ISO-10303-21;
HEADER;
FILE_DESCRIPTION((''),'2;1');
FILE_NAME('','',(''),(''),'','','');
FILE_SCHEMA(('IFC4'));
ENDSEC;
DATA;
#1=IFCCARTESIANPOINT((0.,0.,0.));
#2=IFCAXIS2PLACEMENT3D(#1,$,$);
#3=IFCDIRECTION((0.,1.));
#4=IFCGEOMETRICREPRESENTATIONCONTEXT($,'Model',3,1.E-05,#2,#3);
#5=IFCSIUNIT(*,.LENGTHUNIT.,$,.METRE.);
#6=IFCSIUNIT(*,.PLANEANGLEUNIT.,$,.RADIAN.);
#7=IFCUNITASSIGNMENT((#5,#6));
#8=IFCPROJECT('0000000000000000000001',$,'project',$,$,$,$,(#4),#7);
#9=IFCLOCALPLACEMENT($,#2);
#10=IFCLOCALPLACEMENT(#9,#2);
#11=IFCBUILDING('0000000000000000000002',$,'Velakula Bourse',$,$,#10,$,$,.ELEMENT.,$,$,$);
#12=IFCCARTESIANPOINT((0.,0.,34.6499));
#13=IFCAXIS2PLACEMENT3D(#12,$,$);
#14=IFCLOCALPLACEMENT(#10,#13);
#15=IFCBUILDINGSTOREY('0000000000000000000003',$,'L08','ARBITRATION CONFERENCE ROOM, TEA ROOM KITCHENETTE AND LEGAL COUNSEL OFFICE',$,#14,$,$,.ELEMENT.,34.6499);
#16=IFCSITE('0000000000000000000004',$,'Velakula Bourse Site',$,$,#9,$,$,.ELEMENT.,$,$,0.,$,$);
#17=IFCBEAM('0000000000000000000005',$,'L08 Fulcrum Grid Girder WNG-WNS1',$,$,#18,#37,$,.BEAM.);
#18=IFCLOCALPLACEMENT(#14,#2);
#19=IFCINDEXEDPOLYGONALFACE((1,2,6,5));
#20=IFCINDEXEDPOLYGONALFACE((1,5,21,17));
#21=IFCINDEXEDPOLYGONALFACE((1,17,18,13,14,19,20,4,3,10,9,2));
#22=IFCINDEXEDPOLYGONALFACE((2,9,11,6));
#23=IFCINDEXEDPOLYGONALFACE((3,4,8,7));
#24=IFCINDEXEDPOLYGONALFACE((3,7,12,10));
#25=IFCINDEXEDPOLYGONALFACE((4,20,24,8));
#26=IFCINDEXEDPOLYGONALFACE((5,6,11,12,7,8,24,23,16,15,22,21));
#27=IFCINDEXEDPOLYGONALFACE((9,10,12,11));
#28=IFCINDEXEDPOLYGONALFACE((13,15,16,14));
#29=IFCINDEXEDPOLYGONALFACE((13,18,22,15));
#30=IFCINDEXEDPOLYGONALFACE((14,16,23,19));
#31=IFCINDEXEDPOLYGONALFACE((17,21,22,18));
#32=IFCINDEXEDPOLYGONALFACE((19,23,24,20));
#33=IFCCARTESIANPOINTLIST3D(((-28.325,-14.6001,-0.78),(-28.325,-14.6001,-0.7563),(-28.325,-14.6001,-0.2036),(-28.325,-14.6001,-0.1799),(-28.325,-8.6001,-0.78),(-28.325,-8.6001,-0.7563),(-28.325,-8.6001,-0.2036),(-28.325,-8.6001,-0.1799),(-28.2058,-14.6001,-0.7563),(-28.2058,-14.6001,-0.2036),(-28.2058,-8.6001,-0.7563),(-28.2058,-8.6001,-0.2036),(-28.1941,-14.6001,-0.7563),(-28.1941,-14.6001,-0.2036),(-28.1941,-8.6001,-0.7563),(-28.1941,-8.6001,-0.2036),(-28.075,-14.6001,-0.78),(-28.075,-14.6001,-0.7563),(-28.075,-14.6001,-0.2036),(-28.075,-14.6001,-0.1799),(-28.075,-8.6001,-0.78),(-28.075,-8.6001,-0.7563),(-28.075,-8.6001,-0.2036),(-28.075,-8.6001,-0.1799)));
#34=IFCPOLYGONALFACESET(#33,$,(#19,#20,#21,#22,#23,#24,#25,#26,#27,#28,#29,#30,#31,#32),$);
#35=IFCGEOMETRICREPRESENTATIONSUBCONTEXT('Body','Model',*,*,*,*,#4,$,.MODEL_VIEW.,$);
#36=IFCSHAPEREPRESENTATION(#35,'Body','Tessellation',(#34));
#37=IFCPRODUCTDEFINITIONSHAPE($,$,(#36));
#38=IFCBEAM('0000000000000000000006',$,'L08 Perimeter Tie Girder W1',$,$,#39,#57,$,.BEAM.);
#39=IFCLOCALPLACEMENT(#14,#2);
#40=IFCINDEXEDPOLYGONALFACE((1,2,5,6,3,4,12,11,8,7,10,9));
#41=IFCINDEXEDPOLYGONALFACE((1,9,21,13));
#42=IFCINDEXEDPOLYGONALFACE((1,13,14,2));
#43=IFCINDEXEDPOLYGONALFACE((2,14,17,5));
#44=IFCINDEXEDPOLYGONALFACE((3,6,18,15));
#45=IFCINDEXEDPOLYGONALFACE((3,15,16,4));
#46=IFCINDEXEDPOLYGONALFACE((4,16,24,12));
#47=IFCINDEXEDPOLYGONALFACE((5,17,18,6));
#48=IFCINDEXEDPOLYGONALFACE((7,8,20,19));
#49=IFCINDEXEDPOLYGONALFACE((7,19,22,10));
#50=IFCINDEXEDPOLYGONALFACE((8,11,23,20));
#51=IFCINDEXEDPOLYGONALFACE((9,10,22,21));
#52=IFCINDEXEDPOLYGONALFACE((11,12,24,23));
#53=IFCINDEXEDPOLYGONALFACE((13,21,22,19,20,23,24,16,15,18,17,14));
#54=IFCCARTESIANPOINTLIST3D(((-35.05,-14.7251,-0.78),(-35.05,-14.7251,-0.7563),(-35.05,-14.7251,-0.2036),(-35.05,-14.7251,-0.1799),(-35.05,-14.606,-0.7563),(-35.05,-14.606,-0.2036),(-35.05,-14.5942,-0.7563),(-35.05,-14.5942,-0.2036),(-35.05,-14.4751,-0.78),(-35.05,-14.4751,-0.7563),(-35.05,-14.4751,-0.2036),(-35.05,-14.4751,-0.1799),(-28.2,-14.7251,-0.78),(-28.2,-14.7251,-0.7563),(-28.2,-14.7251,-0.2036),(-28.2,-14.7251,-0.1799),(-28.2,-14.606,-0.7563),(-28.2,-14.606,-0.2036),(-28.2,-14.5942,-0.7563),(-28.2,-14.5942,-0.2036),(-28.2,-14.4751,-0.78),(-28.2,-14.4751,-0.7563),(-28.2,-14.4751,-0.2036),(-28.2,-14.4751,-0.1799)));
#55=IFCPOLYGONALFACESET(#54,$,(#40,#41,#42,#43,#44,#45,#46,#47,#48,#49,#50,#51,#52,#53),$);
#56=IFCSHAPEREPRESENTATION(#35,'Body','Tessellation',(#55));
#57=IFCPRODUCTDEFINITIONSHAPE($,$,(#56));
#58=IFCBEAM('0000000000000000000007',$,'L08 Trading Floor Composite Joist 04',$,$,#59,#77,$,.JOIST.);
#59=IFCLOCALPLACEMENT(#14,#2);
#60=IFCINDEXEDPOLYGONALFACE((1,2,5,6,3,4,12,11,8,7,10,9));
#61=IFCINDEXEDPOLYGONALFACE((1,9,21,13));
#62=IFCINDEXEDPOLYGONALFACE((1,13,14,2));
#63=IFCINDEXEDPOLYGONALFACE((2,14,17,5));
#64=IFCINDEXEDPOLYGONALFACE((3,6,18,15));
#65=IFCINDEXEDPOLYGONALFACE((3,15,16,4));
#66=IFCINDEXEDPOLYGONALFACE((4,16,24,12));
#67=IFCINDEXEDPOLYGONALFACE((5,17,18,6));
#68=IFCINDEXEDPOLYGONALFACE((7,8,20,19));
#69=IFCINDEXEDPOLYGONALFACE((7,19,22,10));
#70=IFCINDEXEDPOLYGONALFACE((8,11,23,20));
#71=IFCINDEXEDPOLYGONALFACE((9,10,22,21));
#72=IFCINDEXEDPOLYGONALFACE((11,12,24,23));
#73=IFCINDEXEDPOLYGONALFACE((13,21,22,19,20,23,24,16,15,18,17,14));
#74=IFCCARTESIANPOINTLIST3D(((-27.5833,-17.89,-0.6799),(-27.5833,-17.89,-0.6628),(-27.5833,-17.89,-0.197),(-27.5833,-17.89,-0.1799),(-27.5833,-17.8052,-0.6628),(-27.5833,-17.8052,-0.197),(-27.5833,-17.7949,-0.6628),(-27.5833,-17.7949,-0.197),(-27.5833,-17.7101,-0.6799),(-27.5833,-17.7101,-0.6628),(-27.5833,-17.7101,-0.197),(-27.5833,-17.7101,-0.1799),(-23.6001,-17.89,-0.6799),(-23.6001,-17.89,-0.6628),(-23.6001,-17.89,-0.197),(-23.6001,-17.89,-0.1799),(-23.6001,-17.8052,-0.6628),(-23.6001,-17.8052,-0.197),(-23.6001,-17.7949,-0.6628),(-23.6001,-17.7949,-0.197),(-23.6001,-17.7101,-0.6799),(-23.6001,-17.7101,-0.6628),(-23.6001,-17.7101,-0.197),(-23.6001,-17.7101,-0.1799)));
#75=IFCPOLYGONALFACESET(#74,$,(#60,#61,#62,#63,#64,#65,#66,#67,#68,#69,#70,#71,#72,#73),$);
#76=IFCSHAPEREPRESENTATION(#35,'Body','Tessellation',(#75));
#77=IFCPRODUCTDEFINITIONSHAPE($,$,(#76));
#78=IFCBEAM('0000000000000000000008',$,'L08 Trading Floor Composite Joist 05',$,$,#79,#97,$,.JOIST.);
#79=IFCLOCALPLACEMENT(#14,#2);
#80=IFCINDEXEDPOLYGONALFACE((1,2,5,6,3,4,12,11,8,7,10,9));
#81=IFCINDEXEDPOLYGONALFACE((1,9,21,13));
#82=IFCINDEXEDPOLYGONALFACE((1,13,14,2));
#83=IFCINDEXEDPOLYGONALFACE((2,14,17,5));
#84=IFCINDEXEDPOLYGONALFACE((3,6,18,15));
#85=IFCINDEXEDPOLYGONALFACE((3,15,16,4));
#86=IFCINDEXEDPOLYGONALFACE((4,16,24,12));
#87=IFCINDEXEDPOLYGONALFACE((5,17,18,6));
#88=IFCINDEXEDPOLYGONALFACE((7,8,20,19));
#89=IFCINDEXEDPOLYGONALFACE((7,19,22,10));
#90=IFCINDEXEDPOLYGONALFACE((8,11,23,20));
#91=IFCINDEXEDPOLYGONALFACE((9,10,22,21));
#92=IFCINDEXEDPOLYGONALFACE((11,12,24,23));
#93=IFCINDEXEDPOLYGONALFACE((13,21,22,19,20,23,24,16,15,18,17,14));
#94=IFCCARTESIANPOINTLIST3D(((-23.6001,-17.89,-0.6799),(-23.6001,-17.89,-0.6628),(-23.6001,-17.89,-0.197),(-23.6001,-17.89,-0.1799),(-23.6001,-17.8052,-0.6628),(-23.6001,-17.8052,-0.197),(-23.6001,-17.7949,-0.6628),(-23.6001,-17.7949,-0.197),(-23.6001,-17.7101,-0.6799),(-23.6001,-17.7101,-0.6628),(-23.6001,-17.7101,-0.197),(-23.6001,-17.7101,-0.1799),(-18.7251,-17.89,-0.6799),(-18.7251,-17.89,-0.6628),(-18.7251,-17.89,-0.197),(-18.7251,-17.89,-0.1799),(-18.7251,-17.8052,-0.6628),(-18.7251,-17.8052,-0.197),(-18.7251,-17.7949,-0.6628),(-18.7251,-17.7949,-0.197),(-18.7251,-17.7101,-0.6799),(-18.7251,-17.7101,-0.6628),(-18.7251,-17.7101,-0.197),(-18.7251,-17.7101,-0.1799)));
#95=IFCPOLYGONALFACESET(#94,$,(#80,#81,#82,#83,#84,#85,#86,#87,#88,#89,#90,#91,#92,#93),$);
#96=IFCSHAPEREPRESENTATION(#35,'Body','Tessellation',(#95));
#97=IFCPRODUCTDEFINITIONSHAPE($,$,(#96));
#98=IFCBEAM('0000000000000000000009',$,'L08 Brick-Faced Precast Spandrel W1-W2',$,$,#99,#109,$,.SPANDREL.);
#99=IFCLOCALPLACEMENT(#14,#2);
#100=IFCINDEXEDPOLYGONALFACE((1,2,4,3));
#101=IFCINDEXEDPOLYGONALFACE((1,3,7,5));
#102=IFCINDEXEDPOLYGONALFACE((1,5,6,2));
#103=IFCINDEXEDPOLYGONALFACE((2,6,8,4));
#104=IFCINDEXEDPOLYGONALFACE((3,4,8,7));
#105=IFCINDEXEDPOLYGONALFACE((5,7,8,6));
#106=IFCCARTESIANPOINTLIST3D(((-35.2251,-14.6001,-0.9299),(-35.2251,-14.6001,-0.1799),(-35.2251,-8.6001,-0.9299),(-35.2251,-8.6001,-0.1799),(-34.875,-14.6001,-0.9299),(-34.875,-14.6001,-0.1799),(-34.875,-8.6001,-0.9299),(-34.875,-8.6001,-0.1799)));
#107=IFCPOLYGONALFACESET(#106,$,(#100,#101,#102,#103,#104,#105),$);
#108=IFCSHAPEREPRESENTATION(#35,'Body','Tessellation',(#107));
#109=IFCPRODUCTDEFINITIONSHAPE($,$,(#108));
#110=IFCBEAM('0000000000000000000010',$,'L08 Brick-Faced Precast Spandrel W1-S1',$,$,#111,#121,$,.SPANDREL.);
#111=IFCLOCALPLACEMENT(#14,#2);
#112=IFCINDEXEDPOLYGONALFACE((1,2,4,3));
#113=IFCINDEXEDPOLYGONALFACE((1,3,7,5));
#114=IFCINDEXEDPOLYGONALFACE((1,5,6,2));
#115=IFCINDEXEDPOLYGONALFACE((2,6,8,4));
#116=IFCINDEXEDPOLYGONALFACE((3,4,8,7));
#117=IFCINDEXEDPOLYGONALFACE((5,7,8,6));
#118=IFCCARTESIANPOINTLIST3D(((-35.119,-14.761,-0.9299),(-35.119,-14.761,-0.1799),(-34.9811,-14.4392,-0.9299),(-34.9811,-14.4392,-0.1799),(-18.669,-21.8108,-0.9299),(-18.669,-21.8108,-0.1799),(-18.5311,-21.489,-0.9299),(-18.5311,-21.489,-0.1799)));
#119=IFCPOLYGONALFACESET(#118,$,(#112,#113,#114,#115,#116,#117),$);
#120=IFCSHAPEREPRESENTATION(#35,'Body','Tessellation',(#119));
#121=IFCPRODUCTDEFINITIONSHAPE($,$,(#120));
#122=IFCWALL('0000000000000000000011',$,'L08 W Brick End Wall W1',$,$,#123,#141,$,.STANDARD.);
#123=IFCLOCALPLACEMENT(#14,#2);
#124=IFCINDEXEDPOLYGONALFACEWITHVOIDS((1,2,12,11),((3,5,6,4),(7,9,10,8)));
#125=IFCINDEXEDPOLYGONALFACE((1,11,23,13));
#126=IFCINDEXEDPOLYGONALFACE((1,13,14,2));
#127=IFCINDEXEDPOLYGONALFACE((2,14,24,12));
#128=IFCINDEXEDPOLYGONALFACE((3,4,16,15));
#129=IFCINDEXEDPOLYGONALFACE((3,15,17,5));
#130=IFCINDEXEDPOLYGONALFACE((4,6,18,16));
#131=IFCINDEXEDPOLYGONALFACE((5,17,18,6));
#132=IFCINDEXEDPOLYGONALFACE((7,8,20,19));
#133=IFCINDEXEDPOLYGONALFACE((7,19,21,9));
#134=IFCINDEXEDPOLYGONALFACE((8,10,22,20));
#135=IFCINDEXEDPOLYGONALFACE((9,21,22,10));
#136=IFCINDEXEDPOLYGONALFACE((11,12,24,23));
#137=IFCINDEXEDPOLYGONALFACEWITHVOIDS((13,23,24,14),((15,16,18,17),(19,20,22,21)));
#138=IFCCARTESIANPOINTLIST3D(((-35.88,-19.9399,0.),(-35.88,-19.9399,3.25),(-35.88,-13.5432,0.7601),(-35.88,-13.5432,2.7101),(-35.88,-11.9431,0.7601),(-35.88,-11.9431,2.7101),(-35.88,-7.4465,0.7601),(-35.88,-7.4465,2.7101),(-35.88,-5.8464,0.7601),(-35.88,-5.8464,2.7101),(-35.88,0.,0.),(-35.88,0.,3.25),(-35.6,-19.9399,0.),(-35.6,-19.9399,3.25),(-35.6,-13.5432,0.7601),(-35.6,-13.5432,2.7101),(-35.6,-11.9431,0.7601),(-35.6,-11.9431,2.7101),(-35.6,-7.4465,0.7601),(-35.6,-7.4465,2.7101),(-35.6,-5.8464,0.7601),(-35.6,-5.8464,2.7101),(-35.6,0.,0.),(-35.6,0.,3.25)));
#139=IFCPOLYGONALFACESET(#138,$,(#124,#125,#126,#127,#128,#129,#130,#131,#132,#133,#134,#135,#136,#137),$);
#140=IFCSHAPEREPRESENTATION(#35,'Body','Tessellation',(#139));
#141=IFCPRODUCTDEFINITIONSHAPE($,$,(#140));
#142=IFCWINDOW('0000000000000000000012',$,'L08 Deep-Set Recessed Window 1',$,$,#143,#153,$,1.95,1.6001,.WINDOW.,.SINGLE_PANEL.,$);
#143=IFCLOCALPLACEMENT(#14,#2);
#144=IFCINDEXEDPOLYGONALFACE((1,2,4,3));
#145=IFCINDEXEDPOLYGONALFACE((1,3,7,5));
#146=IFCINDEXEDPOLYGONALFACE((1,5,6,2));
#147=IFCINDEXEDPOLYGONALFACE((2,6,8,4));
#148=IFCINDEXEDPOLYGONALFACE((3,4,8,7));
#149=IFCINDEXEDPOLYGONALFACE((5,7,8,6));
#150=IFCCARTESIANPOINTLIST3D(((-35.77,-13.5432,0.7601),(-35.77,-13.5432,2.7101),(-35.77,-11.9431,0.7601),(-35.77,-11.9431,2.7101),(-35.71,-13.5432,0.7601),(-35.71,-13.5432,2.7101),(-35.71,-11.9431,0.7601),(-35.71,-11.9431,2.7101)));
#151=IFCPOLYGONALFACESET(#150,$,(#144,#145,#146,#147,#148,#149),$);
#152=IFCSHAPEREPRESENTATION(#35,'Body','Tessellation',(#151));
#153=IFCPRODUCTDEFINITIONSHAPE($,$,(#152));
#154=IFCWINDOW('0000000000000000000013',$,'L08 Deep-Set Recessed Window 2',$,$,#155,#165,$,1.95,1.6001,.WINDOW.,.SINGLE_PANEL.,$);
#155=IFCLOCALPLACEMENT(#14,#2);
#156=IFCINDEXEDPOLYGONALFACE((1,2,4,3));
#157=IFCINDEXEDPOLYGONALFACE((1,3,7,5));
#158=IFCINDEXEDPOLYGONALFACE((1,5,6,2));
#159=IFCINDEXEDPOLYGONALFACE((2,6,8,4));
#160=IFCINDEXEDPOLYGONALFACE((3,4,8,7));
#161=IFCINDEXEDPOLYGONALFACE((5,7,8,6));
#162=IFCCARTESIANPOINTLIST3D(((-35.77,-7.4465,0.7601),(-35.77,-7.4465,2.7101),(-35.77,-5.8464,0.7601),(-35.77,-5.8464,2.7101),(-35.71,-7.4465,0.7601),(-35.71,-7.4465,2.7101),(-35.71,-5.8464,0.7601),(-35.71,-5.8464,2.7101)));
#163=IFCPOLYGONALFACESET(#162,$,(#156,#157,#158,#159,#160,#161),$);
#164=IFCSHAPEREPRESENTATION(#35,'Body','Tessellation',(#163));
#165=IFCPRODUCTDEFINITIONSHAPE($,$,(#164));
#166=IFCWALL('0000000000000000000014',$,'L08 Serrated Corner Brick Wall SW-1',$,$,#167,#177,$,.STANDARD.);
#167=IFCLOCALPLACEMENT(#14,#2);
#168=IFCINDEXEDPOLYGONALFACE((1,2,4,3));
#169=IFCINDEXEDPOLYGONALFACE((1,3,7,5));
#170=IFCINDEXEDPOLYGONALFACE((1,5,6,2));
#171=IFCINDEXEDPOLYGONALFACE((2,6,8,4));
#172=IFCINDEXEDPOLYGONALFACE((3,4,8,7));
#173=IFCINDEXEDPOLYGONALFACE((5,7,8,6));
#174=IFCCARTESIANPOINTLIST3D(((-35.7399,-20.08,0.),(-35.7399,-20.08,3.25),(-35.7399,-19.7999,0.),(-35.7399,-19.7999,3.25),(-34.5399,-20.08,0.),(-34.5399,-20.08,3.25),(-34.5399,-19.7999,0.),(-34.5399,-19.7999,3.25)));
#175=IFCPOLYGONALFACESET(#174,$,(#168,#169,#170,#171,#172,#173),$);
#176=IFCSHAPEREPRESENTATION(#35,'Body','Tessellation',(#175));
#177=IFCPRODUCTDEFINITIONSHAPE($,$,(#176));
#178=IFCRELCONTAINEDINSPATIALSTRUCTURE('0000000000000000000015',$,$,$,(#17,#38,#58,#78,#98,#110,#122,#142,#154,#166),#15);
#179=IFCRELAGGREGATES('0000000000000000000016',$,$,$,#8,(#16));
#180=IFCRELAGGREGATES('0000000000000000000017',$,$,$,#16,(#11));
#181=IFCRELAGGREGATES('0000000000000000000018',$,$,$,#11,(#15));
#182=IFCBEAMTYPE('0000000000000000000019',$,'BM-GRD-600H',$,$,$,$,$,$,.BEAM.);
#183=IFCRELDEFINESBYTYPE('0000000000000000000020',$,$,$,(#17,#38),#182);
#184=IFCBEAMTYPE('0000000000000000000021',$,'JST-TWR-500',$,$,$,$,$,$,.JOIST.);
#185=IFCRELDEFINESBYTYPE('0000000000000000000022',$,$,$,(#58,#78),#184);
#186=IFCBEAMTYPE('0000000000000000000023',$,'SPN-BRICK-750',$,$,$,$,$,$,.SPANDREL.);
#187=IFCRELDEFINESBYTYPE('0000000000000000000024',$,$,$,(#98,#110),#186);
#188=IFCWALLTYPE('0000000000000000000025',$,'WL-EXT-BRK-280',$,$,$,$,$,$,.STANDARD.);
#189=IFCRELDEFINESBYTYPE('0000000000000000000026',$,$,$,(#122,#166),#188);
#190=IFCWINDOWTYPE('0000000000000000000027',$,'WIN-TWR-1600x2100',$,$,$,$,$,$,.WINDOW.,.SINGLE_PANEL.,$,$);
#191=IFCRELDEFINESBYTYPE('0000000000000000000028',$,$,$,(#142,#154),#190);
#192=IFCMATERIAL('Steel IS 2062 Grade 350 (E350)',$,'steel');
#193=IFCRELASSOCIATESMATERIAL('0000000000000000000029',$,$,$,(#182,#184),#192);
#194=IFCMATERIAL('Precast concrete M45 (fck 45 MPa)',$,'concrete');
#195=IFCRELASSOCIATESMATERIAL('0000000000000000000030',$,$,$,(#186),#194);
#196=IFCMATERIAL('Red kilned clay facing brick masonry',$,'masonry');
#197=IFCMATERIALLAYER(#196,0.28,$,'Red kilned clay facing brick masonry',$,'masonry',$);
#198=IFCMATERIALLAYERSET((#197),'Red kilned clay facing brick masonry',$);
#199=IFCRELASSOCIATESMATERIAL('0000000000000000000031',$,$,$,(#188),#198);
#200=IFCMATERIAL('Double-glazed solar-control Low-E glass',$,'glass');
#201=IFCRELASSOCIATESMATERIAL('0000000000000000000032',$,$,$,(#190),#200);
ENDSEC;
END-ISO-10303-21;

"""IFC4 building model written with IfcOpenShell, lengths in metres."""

from ifc_helpers import new_model, si_unit, direction, frame, frame_2d, origin, origin_2d, place, context, subcontext, project, spatial, rectangle, i_section, extrude, material, layer, layer_set, material_profile, profile_set, type_object, element, fill, save


model = new_model("IFC4")

# Units and contexts
model_context = context("Model", 3, precision=1e-05, world=origin(), true_north=direction((0.0, 1.0)))
body_context = subcontext(model_context, "Body", "Model", "MODEL_VIEW")
ifc_project = project(units=[si_unit("LENGTHUNIT", "METRE"), si_unit("PLANEANGLEUNIT", "RADIAN")], contexts=[model_context])

# Site, building, storey
site_placement = place(None, origin())
site = spatial("IfcSite", under=ifc_project, at=site_placement, Name="Velakula Bourse Site", CompositionType="ELEMENT", RefElevation=0.0)
building_placement = place(site_placement, origin())
building = spatial("IfcBuilding", under=site, at=building_placement, Name="Velakula Bourse", CompositionType="ELEMENT")
storey_placement = place(building_placement, frame((0.0, 0.0, 34.6499)))
storey = spatial("IfcBuildingStorey", under=building, at=storey_placement, Name="L08", Description="ARBITRATION CONFERENCE ROOM, TEA ROOM KITCHENETTE AND LEGAL COUNSEL OFFICE", CompositionType="ELEMENT", Elevation=34.6499)

# Shared definitions
ifc_material_1 = material(Name="Precast concrete M45 (fck 45 MPa)", Category="concrete")

# Beams
ifc_material_2 = material(Name="Steel IS 2062 Grade 350 (E350)", Category="steel")
ifc_material_profile_1 = material_profile(ifc_material_2, i_section(OverallWidth=0.25, OverallDepth=0.6001, WebThickness=0.0117, FlangeThickness=0.0237, at=origin_2d()), Name="Steel IS 2062 Grade 350 (E350)")
ifc_profile_set_1 = profile_set([ifc_material_profile_1], Name="Steel IS 2062 Grade 350 (E350)")
beam_type_1 = type_object("IfcBeamType", Name="BM-GRD-600H", PredefinedType="BEAM", material=ifc_profile_set_1)
beam_1_placement = place(storey_placement, frame((-28.2, -14.6001, -0.48), z_axis=(0.0, 1.0, 0.0), x_axis=(-1.0, 0.0, 0.0)))
element("IfcBeam", 1, at=beam_1_placement, inside=storey, type_object=beam_type_1, Name="L08 Fulcrum Grid Girder WNG-WNS1", PredefinedType="BEAM", context=body_context, shape_type="SweptSolid", body=[
    extrude(i_section(OverallWidth=0.25, OverallDepth=0.6001, WebThickness=0.0117, FlangeThickness=0.0237, at=origin_2d()), origin(), (0.0, 0.0, 1.0), 6.0),
])
beam_2_placement = place(storey_placement, frame((-28.2, -14.6001, -0.48), z_axis=(-1.0, 0.0, 0.0), x_axis=(0.0, -1.0, 0.0)))
element("IfcBeam", 2, at=beam_2_placement, inside=storey, type_object=beam_type_1, Name="L08 Perimeter Tie Girder W1", PredefinedType="BEAM", context=body_context, shape_type="SweptSolid", body=[
    extrude(i_section(OverallWidth=0.25, OverallDepth=0.6001, WebThickness=0.0117, FlangeThickness=0.0237, at=origin_2d()), origin(), (0.0, 0.0, 1.0), 6.8501),
])
ifc_material_profile_2 = material_profile(ifc_material_2, i_section(OverallWidth=0.1799, OverallDepth=0.5, WebThickness=0.0103, FlangeThickness=0.0171, at=origin_2d()), Name="Steel IS 2062 Grade 350 (E350)")
ifc_profile_set_2 = profile_set([ifc_material_profile_2], Name="Steel IS 2062 Grade 350 (E350)")
beam_type_2 = type_object("IfcBeamType", Name="JST-TWR-500", PredefinedType="JOIST", material=ifc_profile_set_2)
beam_3_placement = place(storey_placement, frame((-27.5833, -17.8, -0.4299), z_axis=(1.0, 0.0, 0.0), x_axis=(0.0, 1.0, 0.0)))
element("IfcBeam", 3, at=beam_3_placement, inside=storey, type_object=beam_type_2, Name="L08 Trading Floor Composite Joist 04", PredefinedType="JOIST", context=body_context, shape_type="SweptSolid", body=[
    extrude(i_section(OverallWidth=0.1799, OverallDepth=0.5, WebThickness=0.0103, FlangeThickness=0.0171, at=origin_2d()), origin(), (0.0, 0.0, 1.0), 3.9832),
])
beam_4_placement = place(storey_placement, frame((-23.6001, -17.8, -0.4299), z_axis=(1.0, 0.0, 0.0), x_axis=(0.0, 1.0, 0.0)))
element("IfcBeam", 4, at=beam_4_placement, inside=storey, type_object=beam_type_2, Name="L08 Trading Floor Composite Joist 05", PredefinedType="JOIST", context=body_context, shape_type="SweptSolid", body=[
    extrude(i_section(OverallWidth=0.1799, OverallDepth=0.5, WebThickness=0.0103, FlangeThickness=0.0171, at=origin_2d()), origin(), (0.0, 0.0, 1.0), 4.875),
])
ifc_material_profile_3 = material_profile(ifc_material_1, rectangle(XDim=0.3501, YDim=0.75, at=origin_2d()), Name="Precast concrete M45 (fck 45 MPa)")
ifc_profile_set_3 = profile_set([ifc_material_profile_3], Name="Precast concrete M45 (fck 45 MPa)")
beam_type_3 = type_object("IfcBeamType", Name="SPN-BRICK-750", PredefinedType="SPANDREL", material=ifc_profile_set_3)
beam_5_placement = place(storey_placement, frame((-35.05, -14.6001, -0.5549), z_axis=(0.0, 1.0, 0.0), x_axis=(-1.0, 0.0, 0.0)))
element("IfcBeam", 5, at=beam_5_placement, inside=storey, type_object=beam_type_3, Name="L08 Brick-Faced Precast Spandrel W1-W2", PredefinedType="SPANDREL", context=body_context, shape_type="SweptSolid", body=[
    extrude(rectangle(XDim=0.3501, YDim=0.75, at=origin_2d()), origin(), (0.0, 0.0, 1.0), 6.0),
])
beam_6_placement = place(storey_placement, frame((-35.05, -14.6001, -0.5549), z_axis=(0.919149, -0.393911, 0.0), x_axis=(0.393911, 0.919149, 0.0)))
element("IfcBeam", 6, at=beam_6_placement, inside=storey, type_object=beam_type_3, Name="L08 Brick-Faced Precast Spandrel W1-S1", PredefinedType="SPANDREL", context=body_context, shape_type="SweptSolid", body=[
    extrude(rectangle(XDim=0.3501, YDim=0.75, at=origin_2d()), origin(), (0.0, 0.0, 1.0), 17.897),
])

# Wall, openings, windows
ifc_material_3 = material(Name="Red kilned clay facing brick masonry", Category="masonry")
ifc_layer_1 = layer(ifc_material_3, 0.28, Name="Red kilned clay facing brick masonry", Category="masonry")
ifc_layer_set_1 = layer_set([ifc_layer_1], Name="Red kilned clay facing brick masonry")
wall_type_1 = type_object("IfcWallType", Name="WL-EXT-BRK-280", PredefinedType="STANDARD", material=ifc_layer_set_1)
wall_1_placement = place(storey_placement, frame((-35.74, -19.9399, 0.0), z_axis=(0.0, 0.0, 1.0), x_axis=(0.0, 1.0, 0.0)))
wall_1 = element("IfcWall", 7, at=wall_1_placement, inside=storey, type_object=wall_type_1, Name="L08 W Brick End Wall W1", PredefinedType="STANDARD", context=body_context, shape_type="SweptSolid", body=[
    extrude(rectangle(XDim=19.9399, YDim=0.28, at=frame_2d((9.97, 0.0))), origin(), (0.0, 0.0, 1.0), 3.25),
])
opening_1_placement = place(wall_1_placement, frame((6.3967, 0.0, 0.76)))
opening_1 = element("IfcOpeningElement", 8, at=opening_1_placement, cuts=wall_1, PredefinedType="OPENING", context=body_context, shape_type="SweptSolid", body=[
    extrude(rectangle(XDim=1.6001, YDim=1.95, at=frame_2d((0.8, 0.9751))), frame((0.0, 0.1499, 0.0), z_axis=(0.0, -1.0, 0.0), x_axis=(1.0, 0.0, 0.0)), (0.0, 0.0, 1.0), 0.3),
])
opening_2_placement = place(wall_1_placement, frame((12.4934, 0.0, 0.76)))
opening_2 = element("IfcOpeningElement", 9, at=opening_2_placement, cuts=wall_1, PredefinedType="OPENING", context=body_context, shape_type="SweptSolid", body=[
    extrude(rectangle(XDim=1.6001, YDim=1.95, at=frame_2d((0.8, 0.9751))), frame((0.0, 0.1499, 0.0), z_axis=(0.0, -1.0, 0.0), x_axis=(1.0, 0.0, 0.0)), (0.0, 0.0, 1.0), 0.3),
])
ifc_material_4 = material(Name="Double-glazed solar-control Low-E glass", Category="glass")
window_type = type_object("IfcWindowType", Name="WIN-TWR-1600x2100", PartitioningType="SINGLE_PANEL", PredefinedType="WINDOW", material=ifc_material_4)
window_1_placement = place(opening_1_placement, origin())
window_1 = element("IfcWindow", 10, at=window_1_placement, inside=storey, type_object=window_type, Name="L08 Deep-Set Recessed Window 1", OverallHeight=1.95, OverallWidth=1.6001, PartitioningType="SINGLE_PANEL", PredefinedType="WINDOW", context=body_context, shape_type="SweptSolid", body=[
    extrude(rectangle(XDim=1.6001, YDim=1.95, at=frame_2d((0.8, 0.9751))), frame((0.0, 0.03, 0.0), z_axis=(0.0, -1.0, 0.0), x_axis=(1.0, 0.0, 0.0)), (0.0, 0.0, 1.0), 0.0601),
])
fill(opening_1, window_1)
window_2_placement = place(opening_2_placement, origin())
window_2 = element("IfcWindow", 11, at=window_2_placement, inside=storey, type_object=window_type, Name="L08 Deep-Set Recessed Window 2", OverallHeight=1.95, OverallWidth=1.6001, PartitioningType="SINGLE_PANEL", PredefinedType="WINDOW", context=body_context, shape_type="SweptSolid", body=[
    extrude(rectangle(XDim=1.6001, YDim=1.95, at=frame_2d((0.8, 0.9751))), frame((0.0, 0.03, 0.0), z_axis=(0.0, -1.0, 0.0), x_axis=(1.0, 0.0, 0.0)), (0.0, 0.0, 1.0), 0.0601),
])
fill(opening_2, window_2)

# Wall
for number, where, z_axis, x_axis, name in (
    (12, (-35.74, -19.9399, 0.0), (0.0, 0.0, 1.0), (1.0, 0.0, 0.0), "L08 Serrated Corner Brick Wall SW-1"),
):
    element("IfcWall", number, at=place(storey_placement, frame(where, z_axis=z_axis, x_axis=x_axis)), inside=storey, type_object=wall_type_1, Name=name, PredefinedType="STANDARD", context=body_context, shape_type="SweptSolid", body=[
        extrude(rectangle(XDim=1.2, YDim=0.28, at=frame_2d((0.6001, 0.0))), origin(), (0.0, 0.0, 1.0), 3.25),
    ])

save(model, "model.ifc")
